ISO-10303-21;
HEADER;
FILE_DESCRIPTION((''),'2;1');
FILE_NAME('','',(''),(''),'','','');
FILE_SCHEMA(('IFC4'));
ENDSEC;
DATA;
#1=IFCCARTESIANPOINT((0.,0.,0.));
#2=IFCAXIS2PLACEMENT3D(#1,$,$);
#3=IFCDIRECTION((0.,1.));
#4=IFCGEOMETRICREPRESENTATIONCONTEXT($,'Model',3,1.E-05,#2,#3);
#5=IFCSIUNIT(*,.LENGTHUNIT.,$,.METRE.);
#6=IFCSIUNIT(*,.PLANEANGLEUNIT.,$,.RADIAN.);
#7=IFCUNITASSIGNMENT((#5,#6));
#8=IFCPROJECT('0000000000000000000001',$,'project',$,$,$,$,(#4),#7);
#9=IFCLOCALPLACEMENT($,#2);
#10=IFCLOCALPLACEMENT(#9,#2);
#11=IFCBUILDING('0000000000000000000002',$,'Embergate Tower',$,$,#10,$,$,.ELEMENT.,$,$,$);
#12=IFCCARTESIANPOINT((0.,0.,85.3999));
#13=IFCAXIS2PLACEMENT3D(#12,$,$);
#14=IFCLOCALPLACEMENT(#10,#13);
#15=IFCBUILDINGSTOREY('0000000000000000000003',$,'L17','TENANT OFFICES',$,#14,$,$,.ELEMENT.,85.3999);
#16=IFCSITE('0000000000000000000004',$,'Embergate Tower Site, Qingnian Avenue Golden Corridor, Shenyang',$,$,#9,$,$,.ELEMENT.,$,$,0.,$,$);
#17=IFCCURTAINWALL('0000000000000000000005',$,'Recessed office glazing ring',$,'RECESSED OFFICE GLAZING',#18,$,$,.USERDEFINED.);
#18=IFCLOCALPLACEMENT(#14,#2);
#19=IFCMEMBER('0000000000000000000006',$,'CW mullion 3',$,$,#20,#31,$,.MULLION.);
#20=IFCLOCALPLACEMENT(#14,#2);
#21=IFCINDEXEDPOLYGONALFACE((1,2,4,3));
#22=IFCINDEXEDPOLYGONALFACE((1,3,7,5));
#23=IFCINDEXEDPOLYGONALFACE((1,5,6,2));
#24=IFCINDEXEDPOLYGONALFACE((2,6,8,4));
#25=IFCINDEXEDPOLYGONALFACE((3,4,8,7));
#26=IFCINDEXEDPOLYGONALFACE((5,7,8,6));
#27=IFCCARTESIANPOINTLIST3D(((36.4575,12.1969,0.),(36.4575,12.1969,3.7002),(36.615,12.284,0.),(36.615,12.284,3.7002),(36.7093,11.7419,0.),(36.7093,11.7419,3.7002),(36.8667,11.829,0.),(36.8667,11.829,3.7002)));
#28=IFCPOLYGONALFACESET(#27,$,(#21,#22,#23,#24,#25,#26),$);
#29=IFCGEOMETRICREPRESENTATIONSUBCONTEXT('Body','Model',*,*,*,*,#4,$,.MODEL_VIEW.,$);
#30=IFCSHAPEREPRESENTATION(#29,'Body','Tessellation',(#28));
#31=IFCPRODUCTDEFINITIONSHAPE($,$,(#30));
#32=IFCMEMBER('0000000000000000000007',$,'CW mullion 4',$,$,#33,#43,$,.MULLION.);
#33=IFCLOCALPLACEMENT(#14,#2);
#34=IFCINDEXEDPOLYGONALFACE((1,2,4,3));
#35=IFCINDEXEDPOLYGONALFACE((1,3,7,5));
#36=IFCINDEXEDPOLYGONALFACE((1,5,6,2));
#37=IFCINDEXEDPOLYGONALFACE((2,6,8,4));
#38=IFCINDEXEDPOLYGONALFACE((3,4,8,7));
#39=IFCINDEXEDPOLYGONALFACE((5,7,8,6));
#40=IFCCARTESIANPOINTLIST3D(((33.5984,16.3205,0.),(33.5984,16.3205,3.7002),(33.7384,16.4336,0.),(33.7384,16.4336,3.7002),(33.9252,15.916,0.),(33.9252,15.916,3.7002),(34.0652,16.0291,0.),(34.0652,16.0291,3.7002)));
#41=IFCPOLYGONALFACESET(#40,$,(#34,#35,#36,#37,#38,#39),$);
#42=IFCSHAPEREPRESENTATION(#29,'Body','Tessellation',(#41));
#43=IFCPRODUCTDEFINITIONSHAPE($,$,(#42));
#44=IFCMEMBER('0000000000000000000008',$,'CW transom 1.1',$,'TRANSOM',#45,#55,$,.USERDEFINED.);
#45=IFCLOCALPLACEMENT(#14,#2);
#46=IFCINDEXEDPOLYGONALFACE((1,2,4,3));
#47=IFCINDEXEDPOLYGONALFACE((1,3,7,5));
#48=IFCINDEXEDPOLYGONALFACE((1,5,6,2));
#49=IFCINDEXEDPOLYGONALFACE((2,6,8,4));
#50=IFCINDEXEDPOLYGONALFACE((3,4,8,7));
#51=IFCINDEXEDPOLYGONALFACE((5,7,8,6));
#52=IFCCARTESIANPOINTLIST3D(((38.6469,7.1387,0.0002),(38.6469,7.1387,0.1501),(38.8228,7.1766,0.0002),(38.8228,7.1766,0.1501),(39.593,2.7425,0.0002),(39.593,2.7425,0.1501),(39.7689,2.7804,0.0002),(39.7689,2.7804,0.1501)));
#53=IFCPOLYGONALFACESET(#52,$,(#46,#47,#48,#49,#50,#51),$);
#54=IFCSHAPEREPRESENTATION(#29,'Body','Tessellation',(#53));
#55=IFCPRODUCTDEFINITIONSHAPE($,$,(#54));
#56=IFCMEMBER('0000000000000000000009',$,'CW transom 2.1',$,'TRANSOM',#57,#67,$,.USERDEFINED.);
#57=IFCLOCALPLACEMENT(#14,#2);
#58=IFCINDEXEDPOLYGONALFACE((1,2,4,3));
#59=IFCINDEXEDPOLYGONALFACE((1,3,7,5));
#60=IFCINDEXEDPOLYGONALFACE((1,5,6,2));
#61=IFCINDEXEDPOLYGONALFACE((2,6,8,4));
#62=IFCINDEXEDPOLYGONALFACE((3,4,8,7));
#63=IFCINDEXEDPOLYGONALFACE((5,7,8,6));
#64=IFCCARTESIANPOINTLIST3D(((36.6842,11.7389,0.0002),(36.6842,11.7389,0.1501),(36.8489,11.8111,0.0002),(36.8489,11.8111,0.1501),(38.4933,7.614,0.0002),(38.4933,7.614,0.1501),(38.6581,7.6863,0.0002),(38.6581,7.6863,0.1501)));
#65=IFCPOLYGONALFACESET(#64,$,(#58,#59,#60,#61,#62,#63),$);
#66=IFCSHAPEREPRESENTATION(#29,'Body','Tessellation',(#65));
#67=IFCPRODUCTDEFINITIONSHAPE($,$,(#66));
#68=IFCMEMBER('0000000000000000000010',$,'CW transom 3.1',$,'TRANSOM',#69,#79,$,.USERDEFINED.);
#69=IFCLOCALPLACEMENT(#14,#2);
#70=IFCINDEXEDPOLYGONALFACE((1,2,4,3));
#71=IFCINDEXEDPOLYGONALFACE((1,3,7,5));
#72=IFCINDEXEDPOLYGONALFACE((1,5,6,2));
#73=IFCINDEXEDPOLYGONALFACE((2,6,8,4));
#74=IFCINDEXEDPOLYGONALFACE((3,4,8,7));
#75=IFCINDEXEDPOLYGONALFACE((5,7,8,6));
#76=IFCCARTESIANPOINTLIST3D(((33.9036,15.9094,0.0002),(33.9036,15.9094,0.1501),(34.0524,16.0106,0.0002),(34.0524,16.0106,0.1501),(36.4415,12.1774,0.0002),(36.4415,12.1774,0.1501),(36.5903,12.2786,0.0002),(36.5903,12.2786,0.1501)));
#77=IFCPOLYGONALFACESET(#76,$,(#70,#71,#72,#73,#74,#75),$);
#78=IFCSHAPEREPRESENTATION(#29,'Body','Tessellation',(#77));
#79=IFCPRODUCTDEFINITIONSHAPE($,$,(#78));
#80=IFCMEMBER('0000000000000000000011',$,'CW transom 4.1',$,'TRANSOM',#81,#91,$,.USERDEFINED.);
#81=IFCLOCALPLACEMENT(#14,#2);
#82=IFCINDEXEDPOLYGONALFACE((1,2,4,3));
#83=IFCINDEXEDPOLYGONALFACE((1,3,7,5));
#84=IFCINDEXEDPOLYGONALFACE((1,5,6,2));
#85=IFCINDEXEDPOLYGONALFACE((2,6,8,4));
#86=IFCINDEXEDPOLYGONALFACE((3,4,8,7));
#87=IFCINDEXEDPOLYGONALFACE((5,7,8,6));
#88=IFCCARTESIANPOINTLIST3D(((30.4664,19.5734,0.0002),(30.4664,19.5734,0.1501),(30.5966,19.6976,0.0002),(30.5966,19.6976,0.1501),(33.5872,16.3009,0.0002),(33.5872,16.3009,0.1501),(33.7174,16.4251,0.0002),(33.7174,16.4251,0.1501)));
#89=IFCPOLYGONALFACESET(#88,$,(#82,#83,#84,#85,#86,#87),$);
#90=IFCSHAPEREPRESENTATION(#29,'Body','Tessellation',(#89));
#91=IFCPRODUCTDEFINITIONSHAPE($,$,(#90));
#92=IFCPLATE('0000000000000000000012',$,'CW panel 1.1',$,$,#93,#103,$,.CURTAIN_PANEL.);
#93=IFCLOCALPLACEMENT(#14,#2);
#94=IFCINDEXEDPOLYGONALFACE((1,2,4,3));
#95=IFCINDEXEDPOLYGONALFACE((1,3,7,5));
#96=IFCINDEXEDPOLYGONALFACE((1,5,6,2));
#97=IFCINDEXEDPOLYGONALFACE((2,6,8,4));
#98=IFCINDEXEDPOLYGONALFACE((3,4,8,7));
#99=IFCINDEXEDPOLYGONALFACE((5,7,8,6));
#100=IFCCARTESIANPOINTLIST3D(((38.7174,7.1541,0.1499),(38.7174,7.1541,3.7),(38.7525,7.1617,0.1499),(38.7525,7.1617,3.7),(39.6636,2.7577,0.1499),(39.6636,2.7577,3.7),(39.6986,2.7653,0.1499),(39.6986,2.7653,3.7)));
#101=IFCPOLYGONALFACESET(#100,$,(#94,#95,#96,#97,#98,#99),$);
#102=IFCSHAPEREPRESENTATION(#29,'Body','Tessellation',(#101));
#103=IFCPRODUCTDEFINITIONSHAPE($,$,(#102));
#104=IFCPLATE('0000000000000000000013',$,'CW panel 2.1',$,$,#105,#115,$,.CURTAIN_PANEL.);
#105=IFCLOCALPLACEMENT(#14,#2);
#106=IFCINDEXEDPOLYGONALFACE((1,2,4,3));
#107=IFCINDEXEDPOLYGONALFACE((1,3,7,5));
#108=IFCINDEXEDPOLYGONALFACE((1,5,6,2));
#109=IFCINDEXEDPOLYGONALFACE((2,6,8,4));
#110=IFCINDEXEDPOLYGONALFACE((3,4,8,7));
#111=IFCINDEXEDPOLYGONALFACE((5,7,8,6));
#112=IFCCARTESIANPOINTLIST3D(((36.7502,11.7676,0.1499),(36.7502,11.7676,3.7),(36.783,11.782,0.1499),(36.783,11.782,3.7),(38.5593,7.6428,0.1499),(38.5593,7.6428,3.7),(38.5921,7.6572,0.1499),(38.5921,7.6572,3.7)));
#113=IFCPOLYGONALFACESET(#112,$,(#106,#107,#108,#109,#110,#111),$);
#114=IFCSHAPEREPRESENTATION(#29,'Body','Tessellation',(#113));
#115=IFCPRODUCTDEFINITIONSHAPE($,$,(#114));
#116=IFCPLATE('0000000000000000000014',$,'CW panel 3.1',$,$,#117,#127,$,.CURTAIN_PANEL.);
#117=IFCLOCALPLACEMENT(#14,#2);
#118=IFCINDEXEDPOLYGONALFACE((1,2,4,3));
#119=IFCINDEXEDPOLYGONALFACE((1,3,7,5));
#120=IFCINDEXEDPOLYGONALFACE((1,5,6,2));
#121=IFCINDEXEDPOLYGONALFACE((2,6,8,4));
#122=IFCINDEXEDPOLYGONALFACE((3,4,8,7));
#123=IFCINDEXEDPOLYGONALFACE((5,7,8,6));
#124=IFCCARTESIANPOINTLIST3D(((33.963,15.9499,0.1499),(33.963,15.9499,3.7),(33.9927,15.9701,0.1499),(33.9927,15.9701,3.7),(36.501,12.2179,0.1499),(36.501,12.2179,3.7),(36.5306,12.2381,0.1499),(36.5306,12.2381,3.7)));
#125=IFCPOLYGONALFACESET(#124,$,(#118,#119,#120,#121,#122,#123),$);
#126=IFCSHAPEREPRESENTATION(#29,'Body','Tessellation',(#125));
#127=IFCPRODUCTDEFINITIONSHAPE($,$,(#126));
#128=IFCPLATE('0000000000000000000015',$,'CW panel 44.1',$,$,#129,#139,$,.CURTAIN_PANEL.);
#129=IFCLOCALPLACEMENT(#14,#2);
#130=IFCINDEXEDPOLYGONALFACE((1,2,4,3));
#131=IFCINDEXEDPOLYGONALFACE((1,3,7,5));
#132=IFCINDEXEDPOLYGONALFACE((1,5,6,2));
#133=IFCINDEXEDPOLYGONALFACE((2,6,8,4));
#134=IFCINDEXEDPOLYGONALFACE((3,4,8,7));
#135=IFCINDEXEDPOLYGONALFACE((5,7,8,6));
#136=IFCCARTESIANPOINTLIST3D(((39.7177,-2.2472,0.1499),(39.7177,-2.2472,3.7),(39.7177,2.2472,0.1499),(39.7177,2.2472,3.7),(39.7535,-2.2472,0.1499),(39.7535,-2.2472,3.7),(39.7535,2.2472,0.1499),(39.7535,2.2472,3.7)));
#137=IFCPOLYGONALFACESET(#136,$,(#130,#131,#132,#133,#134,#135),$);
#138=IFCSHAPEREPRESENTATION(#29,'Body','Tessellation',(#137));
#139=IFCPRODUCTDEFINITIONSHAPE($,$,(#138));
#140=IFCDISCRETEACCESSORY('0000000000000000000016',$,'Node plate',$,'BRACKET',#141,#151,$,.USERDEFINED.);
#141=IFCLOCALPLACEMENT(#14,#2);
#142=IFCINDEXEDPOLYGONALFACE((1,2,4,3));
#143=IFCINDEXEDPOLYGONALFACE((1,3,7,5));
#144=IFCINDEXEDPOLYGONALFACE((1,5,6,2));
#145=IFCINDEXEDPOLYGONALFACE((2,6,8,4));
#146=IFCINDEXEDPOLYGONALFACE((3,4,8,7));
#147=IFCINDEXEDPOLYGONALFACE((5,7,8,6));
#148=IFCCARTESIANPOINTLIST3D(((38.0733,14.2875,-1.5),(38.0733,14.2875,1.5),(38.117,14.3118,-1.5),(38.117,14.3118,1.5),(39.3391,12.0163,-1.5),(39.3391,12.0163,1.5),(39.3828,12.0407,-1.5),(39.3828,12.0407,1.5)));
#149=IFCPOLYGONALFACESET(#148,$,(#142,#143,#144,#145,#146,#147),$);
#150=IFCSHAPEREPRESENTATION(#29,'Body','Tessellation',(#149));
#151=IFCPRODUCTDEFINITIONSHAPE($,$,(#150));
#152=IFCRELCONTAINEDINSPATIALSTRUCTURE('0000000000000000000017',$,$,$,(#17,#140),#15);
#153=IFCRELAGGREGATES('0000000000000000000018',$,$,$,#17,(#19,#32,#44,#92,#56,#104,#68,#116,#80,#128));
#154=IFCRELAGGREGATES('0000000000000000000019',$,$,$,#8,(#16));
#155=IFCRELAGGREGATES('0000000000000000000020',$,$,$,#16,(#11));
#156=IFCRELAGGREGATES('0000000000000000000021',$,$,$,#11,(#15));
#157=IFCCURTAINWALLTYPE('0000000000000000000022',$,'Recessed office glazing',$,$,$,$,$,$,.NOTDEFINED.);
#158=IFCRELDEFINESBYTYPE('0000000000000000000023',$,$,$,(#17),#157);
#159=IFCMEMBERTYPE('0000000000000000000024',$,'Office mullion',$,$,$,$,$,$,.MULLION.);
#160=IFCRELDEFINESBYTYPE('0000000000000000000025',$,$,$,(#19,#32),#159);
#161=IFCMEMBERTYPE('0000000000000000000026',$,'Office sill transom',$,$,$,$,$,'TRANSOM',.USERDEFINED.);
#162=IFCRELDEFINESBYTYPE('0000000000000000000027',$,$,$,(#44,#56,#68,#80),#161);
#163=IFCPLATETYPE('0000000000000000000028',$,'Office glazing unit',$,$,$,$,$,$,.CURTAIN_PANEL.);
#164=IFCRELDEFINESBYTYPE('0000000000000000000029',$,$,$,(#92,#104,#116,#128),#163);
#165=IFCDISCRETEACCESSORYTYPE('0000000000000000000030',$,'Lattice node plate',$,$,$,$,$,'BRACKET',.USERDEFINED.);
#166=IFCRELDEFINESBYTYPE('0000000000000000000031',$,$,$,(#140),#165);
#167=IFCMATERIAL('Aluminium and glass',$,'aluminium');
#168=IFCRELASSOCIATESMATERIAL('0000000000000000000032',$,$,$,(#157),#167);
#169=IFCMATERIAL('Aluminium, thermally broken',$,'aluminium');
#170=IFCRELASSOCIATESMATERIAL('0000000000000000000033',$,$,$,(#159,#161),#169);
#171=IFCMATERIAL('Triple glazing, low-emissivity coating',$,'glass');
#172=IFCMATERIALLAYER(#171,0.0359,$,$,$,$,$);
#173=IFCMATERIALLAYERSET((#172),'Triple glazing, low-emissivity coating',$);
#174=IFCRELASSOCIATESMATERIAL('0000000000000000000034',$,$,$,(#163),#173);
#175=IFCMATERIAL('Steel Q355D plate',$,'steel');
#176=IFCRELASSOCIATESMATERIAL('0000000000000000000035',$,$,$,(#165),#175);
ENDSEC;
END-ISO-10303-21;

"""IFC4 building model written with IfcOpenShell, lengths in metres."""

from ifc_helpers import new_model, si_unit, direction, frame, origin, origin_2d, place, context, subcontext, project, spatial, rectangle, extrude, source, transform, mapped, material, layer, layer_set, material_profile, profile_set, type_object, element, aggregate, save


model = new_model("IFC4")

# Units and contexts
model_context = context("Model", 3, precision=1e-05, world=origin(), true_north=direction((0.0, 1.0)))
body_context = subcontext(model_context, "Body", "Model", "MODEL_VIEW")
ifc_project = project(units=[si_unit("LENGTHUNIT", "METRE"), si_unit("PLANEANGLEUNIT", "RADIAN")], contexts=[model_context])

# Site, building, storey
site_placement = place(None, origin())
site = spatial("IfcSite", under=ifc_project, at=site_placement, Name="Embergate Tower Site, Qingnian Avenue Golden Corridor, Shenyang", CompositionType="ELEMENT", RefElevation=0.0)
building_placement = place(site_placement, origin())
building = spatial("IfcBuilding", under=site, at=building_placement, Name="Embergate Tower", CompositionType="ELEMENT")
storey_placement = place(building_placement, frame((0.0, 0.0, 85.3999)))
storey = spatial("IfcBuildingStorey", under=building, at=storey_placement, Name="L17", Description="TENANT OFFICES", CompositionType="ELEMENT", Elevation=85.3999)

# Curtain wall, members, plates
ifc_material_1 = material(Name="Aluminium and glass", Category="aluminium")
curtain_wall_type = type_object("IfcCurtainWallType", Name="Recessed office glazing", PredefinedType="NOTDEFINED", material=ifc_material_1)
curtain_wall_placement = place(storey_placement, origin())
curtain_wall = element("IfcCurtainWall", 1, at=curtain_wall_placement, inside=storey, type_object=curtain_wall_type, Name="Recessed office glazing ring", ObjectType="RECESSED OFFICE GLAZING", PredefinedType="USERDEFINED")
ifc_material_2 = material(Name="Aluminium, thermally broken", Category="aluminium")
ifc_material_profile_1 = material_profile(ifc_material_2, rectangle(XDim=0.1799, YDim=0.52, at=origin_2d()), Name="AL 520x180")
ifc_profile_set_1 = profile_set([ifc_material_profile_1], Name="Aluminium, thermally broken")
member_type_1 = type_object("IfcMemberType", Name="Office mullion", PredefinedType="MULLION", material=ifc_profile_set_1)
shared_shape_1 = source(origin(), body_context, "Body", "SweptSolid", [
    extrude(rectangle(XDim=0.1799, YDim=0.52, at=origin_2d()), origin(), (0.0, 0.0, 1.0), 3.7002),
])
member_1_placement = place(storey_placement, frame((36.6621, 12.0129, 0.0), z_axis=(0.0, 0.0, 1.0), x_axis=(-0.875005, -0.484113, 0.0)))
member_1 = element("IfcMember", 2, at=member_1_placement, type_object=member_type_1, Name="CW mullion 3", PredefinedType="MULLION", context=body_context, shape_type="MappedRepresentation", body=[
    mapped(shared_shape_1, transform((0.0, 0.0, 0.0))),
])
member_2_placement = place(storey_placement, frame((33.8318, 16.1748, 0.0), z_axis=(0.0, 0.0, 1.0), x_axis=(-0.777876, -0.628418, 0.0)))
member_2 = element("IfcMember", 3, at=member_2_placement, type_object=member_type_1, Name="CW mullion 4", PredefinedType="MULLION", context=body_context, shape_type="MappedRepresentation", body=[
    mapped(shared_shape_1, transform((0.0, 0.0, 0.0))),
])
ifc_material_profile_2 = material_profile(ifc_material_2, rectangle(XDim=0.1799, YDim=0.1499, at=origin_2d()), Name="AL 150x180")
ifc_profile_set_2 = profile_set([ifc_material_profile_2], Name="Aluminium, thermally broken")
member_type_2 = type_object("IfcMemberType", Name="Office sill transom", ElementType="TRANSOM", PredefinedType="USERDEFINED", material=ifc_profile_set_2)
shared_shape_2 = source(origin(), body_context, "Body", "SweptSolid", [
    extrude(rectangle(XDim=0.1799, YDim=0.1499, at=origin_2d()), origin(), (0.0, 0.0, 1.0), 4.4968),
])
member_3_placement = place(storey_placement, frame((39.6809, 2.7615, 0.0752), z_axis=(-0.210378, 0.97762, 0.0), x_axis=(-0.97762, -0.210378, 0.0)))
member_3 = element("IfcMember", 4, at=member_3_placement, type_object=member_type_2, Name="CW transom 1.1", ObjectType="TRANSOM", PredefinedType="USERDEFINED", context=body_context, shape_type="MappedRepresentation", body=[
    mapped(shared_shape_2, transform((0.0, 0.0, 0.0))),
])
shared_shape_3 = source(origin(), body_context, "Body", "SweptSolid", [
    extrude(rectangle(XDim=0.1799, YDim=0.1499, at=origin_2d()), origin(), (0.0, 0.0, 1.0), 4.5042),
])
member_4_placement = place(storey_placement, frame((38.5757, 7.6501, 0.0752), z_axis=(-0.401658, 0.91579, 0.0), x_axis=(-0.91579, -0.401658, 0.0)))
member_4 = element("IfcMember", 5, at=member_4_placement, type_object=member_type_2, Name="CW transom 2.1", ObjectType="TRANSOM", PredefinedType="USERDEFINED", context=body_context, shape_type="MappedRepresentation", body=[
    mapped(shared_shape_3, transform((0.0, 0.0, 0.0))),
])
shared_shape_4 = source(origin(), body_context, "Body", "SweptSolid", [
    extrude(rectangle(XDim=0.1799, YDim=0.1499, at=origin_2d()), origin(), (0.0, 0.0, 1.0), 4.5132),
])
member_5_placement = place(storey_placement, frame((36.5159, 12.228, 0.0752), z_axis=(-0.562329, 0.826913, 0.0), x_axis=(-0.826913, -0.562329, 0.0)))
member_5 = element("IfcMember", 6, at=member_5_placement, type_object=member_type_2, Name="CW transom 3.1", ObjectType="TRANSOM", PredefinedType="USERDEFINED", context=body_context, shape_type="MappedRepresentation", body=[
    mapped(shared_shape_4, transform((0.0, 0.0, 0.0))),
])
shared_shape_5 = source(origin(), body_context, "Body", "SweptSolid", [
    extrude(rectangle(XDim=0.1799, YDim=0.1499, at=origin_2d()), origin(), (0.0, 0.0, 1.0), 4.522),
])
member_6_placement = place(storey_placement, frame((33.6523, 16.363, 0.0752), z_axis=(-0.690144, 0.723672, 0.0), x_axis=(-0.723672, -0.690144, 0.0)))
member_6 = element("IfcMember", 7, at=member_6_placement, type_object=member_type_2, Name="CW transom 4.1", ObjectType="TRANSOM", PredefinedType="USERDEFINED", context=body_context, shape_type="MappedRepresentation", body=[
    mapped(shared_shape_5, transform((0.0, 0.0, 0.0))),
])
ifc_material_3 = material(Name="Triple glazing, low-emissivity coating", Category="glass")
ifc_layer = layer(ifc_material_3, 0.0359)
ifc_layer_set = layer_set([ifc_layer], Name="Triple glazing, low-emissivity coating")
plate_type = type_object("IfcPlateType", Name="Office glazing unit", PredefinedType="CURTAIN_PANEL", material=ifc_layer_set)
shared_shape_6 = source(origin(), body_context, "Body", "SweptSolid", [
    extrude(rectangle(XDim=4.4971, YDim=0.0359, at=origin_2d()), origin(), (0.0, 0.0, 1.0), 3.55),
])
plate_1_placement = place(storey_placement, frame((39.208, 4.9597, 0.1499), z_axis=(0.0, 0.0, 1.0), x_axis=(-0.210398, 0.977616, 0.0)))
plate_1 = element("IfcPlate", 8, at=plate_1_placement, type_object=plate_type, Name="CW panel 1.1", PredefinedType="CURTAIN_PANEL", context=body_context, shape_type="MappedRepresentation", body=[
    mapped(shared_shape_6, transform((0.0, 0.0, 0.0))),
])
shared_shape_7 = source(origin(), body_context, "Body", "SweptSolid", [
    extrude(rectangle(XDim=4.5042, YDim=0.0359, at=origin_2d()), origin(), (0.0, 0.0, 1.0), 3.55),
])
plate_2_placement = place(storey_placement, frame((37.6711, 9.7124, 0.1499), z_axis=(0.0, 0.0, 1.0), x_axis=(-0.401652, 0.915792, 0.0)))
plate_2 = element("IfcPlate", 9, at=plate_2_placement, type_object=plate_type, Name="CW panel 2.1", PredefinedType="CURTAIN_PANEL", context=body_context, shape_type="MappedRepresentation", body=[
    mapped(shared_shape_7, transform((0.0, 0.0, 0.0))),
])
shared_shape_8 = source(origin(), body_context, "Body", "SweptSolid", [
    extrude(rectangle(XDim=4.5132, YDim=0.0359, at=origin_2d()), origin(), (0.0, 0.0, 1.0), 3.55),
])
plate_3_placement = place(storey_placement, frame((35.2468, 14.094, 0.1499), z_axis=(0.0, 0.0, 1.0), x_axis=(-0.562343, 0.826904, 0.0)))
plate_3 = element("IfcPlate", 10, at=plate_3_placement, type_object=plate_type, Name="CW panel 3.1", PredefinedType="CURTAIN_PANEL", context=body_context, shape_type="MappedRepresentation", body=[
    mapped(shared_shape_8, transform((0.0, 0.0, 0.0))),
])
shared_shape_9 = source(origin(), body_context, "Body", "SweptSolid", [
    extrude(rectangle(XDim=4.4944, YDim=0.0359, at=origin_2d()), origin(), (0.0, 0.0, 1.0), 3.55),
])
plate_4_placement = place(storey_placement, frame((39.7356, 0.0, 0.1499), z_axis=(0.0, 0.0, 1.0), x_axis=(0.0, 1.0, 0.0)))
plate_4 = element("IfcPlate", 11, at=plate_4_placement, type_object=plate_type, Name="CW panel 44.1", PredefinedType="CURTAIN_PANEL", context=body_context, shape_type="MappedRepresentation", body=[
    mapped(shared_shape_9, transform((0.0, 0.0, 0.0))),
])
aggregate(curtain_wall, [member_1, member_2, member_3, plate_1, member_4, plate_2, member_5, plate_3, member_6, plate_4])

# Discrete accessory
ifc_material_4 = material(Name="Steel Q355D plate", Category="steel")
discrete_accessory_type = type_object("IfcDiscreteAccessoryType", Name="Lattice node plate", ElementType="BRACKET", PredefinedType="USERDEFINED", material=ifc_material_4)
shared_shape_10 = source(origin(), body_context, "Body", "SweptSolid", [
    extrude(rectangle(XDim=2.6001, YDim=0.05, at=origin_2d()), origin(), (0.0, 0.0, 1.0), 3.0),
])
discrete_accessory_placement = place(storey_placement, frame((38.728, 13.1641, -1.5), z_axis=(0.0, 0.0, 1.0), x_axis=(-0.486839, 0.873492, 0.0)))
element("IfcDiscreteAccessory", 12, at=discrete_accessory_placement, inside=storey, type_object=discrete_accessory_type, Name="Node plate", ObjectType="BRACKET", PredefinedType="USERDEFINED", context=body_context, shape_type="MappedRepresentation", body=[
    mapped(shared_shape_10, transform((0.0, 0.0, 0.0))),
])

save(model, "model.ifc")
